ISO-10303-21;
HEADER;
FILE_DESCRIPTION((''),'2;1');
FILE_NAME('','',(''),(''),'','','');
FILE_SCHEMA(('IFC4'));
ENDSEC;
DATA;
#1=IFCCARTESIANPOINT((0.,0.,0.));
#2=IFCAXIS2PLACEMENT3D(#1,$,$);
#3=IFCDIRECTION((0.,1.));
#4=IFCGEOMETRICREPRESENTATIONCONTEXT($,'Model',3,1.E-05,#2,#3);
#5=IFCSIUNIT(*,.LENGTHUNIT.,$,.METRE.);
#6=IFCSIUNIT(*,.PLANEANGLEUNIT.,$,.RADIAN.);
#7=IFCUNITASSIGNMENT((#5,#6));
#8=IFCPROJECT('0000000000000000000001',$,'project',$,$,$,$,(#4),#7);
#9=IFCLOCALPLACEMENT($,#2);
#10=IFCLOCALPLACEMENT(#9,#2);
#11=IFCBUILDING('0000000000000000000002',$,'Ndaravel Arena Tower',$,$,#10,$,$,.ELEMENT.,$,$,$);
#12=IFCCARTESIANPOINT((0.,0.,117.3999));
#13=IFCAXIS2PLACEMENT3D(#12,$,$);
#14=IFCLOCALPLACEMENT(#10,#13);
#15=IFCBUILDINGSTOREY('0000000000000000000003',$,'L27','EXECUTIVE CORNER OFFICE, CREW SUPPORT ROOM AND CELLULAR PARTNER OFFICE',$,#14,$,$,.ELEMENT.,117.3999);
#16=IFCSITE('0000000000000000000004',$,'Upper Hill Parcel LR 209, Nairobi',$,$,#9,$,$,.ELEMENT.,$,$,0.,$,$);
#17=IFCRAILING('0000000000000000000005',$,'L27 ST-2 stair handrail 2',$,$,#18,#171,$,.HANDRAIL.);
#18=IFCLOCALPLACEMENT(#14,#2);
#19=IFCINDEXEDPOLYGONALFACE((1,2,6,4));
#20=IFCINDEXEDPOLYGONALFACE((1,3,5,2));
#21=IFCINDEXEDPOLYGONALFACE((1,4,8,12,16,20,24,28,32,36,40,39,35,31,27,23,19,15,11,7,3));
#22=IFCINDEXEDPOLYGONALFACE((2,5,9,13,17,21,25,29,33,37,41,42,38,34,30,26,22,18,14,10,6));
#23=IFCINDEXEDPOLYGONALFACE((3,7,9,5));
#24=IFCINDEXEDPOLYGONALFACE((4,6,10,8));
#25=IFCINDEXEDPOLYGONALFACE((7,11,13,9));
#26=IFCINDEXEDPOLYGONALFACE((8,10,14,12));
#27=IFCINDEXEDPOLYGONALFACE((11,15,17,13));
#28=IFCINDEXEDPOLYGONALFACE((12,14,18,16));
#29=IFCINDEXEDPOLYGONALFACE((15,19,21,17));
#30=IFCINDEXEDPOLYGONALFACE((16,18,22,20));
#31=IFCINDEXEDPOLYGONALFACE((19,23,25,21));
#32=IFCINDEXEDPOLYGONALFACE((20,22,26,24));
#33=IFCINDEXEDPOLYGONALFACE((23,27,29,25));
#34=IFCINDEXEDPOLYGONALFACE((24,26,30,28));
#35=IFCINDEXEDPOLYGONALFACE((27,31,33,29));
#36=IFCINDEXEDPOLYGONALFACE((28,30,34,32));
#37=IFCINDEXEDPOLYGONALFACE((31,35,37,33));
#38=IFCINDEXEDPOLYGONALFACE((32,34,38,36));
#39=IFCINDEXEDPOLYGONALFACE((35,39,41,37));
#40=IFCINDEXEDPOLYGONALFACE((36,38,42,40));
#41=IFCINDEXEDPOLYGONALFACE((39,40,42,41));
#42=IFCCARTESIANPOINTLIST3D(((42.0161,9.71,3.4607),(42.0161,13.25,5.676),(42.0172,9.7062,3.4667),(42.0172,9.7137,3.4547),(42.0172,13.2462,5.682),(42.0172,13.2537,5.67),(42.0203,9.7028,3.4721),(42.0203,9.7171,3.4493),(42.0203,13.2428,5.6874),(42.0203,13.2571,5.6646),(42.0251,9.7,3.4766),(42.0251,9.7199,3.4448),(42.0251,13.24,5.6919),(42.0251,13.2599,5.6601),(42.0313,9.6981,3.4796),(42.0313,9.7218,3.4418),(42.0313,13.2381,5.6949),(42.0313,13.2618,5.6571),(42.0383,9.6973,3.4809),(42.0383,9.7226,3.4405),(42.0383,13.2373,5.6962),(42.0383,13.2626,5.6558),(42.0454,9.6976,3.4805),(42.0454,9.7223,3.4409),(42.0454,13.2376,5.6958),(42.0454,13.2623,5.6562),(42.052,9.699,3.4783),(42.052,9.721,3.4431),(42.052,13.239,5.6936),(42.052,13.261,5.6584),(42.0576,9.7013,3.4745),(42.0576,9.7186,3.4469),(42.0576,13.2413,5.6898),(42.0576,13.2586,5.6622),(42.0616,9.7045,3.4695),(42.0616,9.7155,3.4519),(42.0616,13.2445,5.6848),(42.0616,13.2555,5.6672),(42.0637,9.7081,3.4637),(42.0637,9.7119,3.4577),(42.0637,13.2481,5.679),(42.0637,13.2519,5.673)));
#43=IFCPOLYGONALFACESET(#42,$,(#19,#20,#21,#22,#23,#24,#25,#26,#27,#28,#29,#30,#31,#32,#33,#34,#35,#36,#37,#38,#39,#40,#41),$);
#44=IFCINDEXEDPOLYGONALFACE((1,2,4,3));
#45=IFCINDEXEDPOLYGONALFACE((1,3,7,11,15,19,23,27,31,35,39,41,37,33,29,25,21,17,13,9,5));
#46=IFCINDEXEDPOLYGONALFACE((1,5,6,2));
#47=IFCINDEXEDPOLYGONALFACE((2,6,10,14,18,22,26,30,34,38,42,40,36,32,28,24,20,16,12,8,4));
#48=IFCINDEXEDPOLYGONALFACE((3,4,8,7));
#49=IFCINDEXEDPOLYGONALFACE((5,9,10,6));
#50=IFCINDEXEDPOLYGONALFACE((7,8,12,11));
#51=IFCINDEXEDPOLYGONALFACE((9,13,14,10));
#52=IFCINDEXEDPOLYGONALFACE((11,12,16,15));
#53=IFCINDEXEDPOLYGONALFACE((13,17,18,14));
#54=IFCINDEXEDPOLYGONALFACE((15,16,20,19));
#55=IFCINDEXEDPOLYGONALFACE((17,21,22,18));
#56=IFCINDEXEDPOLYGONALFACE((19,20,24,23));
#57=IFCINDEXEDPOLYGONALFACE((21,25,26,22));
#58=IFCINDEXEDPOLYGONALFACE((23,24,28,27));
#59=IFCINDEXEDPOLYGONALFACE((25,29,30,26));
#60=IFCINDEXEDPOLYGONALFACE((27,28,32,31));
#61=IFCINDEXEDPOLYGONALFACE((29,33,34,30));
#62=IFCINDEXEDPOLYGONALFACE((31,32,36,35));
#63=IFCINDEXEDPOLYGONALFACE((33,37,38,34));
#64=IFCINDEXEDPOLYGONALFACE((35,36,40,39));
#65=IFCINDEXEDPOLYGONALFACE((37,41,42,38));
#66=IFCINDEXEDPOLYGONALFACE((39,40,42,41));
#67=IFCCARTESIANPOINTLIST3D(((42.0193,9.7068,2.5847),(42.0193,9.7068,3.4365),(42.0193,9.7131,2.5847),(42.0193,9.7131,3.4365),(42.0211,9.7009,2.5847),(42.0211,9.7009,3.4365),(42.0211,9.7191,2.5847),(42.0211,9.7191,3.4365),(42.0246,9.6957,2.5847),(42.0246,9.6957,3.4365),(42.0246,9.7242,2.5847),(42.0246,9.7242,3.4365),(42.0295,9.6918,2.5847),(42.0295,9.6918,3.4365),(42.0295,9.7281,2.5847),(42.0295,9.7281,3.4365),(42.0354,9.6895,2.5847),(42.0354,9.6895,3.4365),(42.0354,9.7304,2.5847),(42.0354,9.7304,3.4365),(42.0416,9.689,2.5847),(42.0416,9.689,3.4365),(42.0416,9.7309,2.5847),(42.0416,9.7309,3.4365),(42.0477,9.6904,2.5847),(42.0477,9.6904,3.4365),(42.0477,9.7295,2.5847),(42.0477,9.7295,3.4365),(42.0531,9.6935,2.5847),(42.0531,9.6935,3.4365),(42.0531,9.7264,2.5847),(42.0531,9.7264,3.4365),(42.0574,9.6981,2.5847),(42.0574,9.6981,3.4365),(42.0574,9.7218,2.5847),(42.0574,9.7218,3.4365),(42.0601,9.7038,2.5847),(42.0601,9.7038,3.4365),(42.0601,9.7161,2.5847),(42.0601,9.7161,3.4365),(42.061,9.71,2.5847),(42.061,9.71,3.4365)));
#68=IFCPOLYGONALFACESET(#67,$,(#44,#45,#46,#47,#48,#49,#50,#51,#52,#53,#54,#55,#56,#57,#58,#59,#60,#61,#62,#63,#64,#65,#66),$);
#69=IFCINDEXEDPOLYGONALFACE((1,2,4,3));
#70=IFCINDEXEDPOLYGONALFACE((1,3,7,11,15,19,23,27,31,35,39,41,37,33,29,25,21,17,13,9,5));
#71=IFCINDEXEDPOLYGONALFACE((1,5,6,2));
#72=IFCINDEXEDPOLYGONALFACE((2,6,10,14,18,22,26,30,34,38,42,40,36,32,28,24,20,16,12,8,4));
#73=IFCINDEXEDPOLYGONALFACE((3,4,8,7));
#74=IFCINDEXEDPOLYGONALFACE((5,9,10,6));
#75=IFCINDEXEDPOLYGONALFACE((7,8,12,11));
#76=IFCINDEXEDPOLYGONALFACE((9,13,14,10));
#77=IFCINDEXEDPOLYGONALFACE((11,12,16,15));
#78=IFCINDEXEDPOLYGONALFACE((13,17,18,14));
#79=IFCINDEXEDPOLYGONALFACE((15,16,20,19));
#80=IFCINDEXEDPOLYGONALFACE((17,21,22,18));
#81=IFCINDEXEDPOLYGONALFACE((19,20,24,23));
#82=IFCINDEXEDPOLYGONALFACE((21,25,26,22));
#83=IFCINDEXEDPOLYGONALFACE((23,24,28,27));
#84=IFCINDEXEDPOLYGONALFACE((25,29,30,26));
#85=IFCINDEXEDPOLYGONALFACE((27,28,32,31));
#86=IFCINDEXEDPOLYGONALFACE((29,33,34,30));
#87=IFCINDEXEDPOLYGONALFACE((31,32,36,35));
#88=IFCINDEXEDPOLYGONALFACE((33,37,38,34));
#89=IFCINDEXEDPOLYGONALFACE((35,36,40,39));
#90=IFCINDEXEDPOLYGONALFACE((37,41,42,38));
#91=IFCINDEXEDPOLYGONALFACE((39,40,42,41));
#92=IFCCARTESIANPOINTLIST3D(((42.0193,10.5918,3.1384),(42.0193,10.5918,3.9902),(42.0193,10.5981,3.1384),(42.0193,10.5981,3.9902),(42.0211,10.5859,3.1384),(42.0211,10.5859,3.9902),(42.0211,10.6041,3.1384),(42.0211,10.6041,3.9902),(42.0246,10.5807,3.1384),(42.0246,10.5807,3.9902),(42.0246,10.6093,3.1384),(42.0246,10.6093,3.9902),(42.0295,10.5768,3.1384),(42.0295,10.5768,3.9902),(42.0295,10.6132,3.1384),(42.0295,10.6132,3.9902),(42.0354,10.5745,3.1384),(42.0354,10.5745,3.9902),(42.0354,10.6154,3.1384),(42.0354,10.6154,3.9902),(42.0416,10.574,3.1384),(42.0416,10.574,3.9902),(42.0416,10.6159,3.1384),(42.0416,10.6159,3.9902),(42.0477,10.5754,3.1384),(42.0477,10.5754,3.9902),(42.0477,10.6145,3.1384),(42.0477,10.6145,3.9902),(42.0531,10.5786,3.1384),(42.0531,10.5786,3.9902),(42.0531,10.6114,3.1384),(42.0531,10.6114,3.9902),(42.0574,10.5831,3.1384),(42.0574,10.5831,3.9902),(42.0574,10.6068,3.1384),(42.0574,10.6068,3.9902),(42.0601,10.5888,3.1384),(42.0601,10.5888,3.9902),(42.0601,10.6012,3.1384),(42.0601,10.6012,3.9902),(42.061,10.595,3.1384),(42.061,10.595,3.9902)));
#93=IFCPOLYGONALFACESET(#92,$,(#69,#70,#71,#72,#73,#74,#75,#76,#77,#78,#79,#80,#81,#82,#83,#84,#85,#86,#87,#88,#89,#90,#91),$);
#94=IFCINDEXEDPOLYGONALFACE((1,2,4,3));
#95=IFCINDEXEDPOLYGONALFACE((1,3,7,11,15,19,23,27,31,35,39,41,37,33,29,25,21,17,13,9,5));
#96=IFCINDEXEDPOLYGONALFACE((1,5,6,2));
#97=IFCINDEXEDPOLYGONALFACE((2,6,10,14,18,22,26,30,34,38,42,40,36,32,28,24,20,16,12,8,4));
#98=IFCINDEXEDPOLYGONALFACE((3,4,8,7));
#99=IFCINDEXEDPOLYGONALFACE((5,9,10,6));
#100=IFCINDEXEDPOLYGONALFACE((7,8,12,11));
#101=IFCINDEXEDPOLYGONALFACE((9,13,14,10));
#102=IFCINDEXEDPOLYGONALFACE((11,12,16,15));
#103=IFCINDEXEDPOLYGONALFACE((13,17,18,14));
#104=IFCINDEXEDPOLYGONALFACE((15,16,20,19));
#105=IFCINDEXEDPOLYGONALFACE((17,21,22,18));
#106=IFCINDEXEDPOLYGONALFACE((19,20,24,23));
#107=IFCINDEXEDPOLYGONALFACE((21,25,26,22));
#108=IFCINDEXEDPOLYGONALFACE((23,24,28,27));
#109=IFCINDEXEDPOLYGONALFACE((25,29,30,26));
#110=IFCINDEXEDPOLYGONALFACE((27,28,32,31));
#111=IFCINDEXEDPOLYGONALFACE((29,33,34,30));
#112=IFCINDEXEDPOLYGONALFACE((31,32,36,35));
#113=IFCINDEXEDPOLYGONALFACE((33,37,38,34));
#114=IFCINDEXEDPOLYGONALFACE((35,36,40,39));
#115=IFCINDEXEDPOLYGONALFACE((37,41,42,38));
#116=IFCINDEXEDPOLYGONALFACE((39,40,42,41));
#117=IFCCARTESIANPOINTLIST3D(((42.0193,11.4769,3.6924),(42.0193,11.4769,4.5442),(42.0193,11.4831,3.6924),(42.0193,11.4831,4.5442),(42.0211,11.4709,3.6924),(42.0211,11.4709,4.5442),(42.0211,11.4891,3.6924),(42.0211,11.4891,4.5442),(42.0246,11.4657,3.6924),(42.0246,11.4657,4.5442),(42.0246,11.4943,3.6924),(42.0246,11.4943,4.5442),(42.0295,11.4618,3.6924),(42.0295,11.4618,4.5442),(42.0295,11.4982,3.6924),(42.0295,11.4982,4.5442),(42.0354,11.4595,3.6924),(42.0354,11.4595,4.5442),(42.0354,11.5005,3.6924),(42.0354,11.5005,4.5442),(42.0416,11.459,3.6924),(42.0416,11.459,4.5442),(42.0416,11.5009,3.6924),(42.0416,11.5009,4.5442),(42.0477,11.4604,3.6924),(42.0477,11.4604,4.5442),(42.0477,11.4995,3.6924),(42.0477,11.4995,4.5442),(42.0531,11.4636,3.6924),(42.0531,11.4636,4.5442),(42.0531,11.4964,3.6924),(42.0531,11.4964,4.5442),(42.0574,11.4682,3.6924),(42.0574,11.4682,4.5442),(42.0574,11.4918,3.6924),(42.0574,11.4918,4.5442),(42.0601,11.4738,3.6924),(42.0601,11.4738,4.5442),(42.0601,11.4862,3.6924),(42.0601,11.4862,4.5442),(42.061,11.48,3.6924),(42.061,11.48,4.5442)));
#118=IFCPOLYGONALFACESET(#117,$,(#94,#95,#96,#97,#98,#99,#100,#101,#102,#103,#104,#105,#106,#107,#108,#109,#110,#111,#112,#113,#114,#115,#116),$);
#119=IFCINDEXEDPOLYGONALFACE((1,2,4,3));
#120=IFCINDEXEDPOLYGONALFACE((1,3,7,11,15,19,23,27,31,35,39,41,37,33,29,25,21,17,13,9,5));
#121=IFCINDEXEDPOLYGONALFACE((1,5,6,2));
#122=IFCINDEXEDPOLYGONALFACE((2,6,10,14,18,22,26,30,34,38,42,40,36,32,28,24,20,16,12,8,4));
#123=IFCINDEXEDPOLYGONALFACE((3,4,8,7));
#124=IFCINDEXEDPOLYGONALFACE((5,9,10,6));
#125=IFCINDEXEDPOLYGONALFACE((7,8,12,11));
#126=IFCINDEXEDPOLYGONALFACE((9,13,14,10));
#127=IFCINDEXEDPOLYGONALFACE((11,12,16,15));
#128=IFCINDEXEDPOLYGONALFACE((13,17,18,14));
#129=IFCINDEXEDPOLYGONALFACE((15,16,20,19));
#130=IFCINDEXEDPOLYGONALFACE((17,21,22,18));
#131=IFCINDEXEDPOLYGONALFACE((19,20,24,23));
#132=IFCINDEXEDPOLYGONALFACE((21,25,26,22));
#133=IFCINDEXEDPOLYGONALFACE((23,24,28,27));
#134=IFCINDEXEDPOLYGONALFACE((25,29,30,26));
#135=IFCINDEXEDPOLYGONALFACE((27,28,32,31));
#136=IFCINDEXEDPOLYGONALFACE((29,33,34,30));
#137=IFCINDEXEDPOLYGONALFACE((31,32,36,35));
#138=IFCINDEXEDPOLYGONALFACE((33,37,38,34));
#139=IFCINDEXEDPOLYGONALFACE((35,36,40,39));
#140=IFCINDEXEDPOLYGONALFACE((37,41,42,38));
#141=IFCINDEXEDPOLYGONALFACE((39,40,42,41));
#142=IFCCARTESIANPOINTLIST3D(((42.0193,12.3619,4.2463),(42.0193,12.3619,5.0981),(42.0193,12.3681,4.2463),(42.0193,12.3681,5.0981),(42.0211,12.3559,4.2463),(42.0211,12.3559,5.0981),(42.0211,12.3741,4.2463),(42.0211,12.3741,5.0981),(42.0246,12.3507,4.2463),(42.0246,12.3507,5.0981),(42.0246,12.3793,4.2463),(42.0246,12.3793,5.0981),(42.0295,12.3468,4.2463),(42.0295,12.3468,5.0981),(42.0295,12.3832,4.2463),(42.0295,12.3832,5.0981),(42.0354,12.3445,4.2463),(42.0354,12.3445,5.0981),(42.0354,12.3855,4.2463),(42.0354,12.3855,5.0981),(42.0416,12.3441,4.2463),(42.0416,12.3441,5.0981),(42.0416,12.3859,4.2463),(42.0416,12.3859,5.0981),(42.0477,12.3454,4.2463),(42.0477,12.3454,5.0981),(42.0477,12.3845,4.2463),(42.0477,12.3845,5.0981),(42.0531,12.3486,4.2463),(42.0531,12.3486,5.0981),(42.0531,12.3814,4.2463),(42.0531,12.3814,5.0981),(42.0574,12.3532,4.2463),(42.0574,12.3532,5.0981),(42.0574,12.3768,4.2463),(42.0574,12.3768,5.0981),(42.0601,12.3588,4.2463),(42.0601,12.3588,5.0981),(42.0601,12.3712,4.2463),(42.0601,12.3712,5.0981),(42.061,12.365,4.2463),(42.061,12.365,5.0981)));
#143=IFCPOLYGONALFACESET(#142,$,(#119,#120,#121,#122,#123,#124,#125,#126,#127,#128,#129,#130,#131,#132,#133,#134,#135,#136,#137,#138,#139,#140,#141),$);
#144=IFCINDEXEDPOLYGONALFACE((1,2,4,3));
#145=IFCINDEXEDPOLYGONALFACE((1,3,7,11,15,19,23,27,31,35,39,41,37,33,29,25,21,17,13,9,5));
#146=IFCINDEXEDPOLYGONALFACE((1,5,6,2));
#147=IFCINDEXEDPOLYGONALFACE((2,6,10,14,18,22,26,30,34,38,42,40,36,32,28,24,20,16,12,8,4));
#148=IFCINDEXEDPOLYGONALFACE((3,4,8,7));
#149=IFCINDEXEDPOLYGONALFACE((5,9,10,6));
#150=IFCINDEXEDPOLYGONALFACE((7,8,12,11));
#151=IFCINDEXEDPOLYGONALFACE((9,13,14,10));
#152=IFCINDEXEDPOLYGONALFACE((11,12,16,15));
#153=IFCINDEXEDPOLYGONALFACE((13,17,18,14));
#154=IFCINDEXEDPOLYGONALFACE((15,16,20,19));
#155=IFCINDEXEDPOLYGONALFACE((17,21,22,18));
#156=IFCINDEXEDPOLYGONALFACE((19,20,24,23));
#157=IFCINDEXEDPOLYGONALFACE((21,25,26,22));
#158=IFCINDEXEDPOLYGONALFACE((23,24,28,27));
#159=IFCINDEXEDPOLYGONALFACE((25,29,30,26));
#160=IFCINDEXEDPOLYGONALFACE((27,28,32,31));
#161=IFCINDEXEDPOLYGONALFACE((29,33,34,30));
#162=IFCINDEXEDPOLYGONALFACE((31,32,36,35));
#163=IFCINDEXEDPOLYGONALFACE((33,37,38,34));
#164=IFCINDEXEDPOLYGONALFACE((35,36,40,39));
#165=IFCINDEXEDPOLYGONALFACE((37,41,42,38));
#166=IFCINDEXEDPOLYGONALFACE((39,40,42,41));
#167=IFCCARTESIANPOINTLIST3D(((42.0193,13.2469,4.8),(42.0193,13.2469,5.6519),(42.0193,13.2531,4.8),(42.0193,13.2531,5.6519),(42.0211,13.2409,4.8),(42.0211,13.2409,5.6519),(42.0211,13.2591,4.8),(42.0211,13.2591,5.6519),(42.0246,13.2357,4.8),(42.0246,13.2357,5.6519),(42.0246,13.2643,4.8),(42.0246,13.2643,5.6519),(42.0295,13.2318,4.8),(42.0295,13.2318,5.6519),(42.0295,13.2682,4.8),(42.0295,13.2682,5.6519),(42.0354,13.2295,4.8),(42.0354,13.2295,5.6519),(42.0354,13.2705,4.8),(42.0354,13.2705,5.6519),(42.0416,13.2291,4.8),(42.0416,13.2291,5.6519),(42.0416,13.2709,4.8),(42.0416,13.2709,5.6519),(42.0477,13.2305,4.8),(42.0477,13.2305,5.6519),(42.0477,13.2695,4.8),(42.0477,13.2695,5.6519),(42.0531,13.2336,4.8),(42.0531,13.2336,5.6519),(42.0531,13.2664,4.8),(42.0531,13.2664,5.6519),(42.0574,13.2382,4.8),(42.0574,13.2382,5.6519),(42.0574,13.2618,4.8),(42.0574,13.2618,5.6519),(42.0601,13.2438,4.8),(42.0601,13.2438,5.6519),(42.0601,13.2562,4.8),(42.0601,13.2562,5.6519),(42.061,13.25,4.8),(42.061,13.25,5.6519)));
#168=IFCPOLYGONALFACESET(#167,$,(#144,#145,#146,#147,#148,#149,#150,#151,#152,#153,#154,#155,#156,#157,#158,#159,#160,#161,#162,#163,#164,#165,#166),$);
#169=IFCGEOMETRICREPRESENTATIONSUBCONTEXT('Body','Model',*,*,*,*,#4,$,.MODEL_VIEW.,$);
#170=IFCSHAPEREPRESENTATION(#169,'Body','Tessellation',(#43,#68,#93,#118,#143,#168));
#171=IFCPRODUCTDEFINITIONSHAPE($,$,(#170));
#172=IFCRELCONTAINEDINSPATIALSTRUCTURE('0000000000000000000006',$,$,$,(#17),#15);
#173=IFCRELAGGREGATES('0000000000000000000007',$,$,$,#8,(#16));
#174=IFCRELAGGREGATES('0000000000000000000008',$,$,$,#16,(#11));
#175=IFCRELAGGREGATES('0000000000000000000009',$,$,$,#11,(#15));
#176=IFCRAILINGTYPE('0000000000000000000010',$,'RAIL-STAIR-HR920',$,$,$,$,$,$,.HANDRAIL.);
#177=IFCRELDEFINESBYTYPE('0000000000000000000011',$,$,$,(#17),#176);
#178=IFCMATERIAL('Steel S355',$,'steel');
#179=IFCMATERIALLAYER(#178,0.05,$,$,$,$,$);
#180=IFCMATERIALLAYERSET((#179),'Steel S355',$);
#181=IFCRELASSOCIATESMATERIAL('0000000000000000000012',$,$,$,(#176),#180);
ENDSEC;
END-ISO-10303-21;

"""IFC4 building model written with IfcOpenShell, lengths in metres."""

from ifc_helpers import new_model, si_unit, direction, frame, origin, origin_2d, place, context, subcontext, project, spatial, circle, extrude, material, layer, layer_set, type_object, element, save


model = new_model("IFC4")

# Units and contexts
model_context = context("Model", 3, precision=1e-05, world=origin(), true_north=direction((0.0, 1.0)))
body_context = subcontext(model_context, "Body", "Model", "MODEL_VIEW")
ifc_project = project(units=[si_unit("LENGTHUNIT", "METRE"), si_unit("PLANEANGLEUNIT", "RADIAN")], contexts=[model_context])

# Site, building, storey
site_placement = place(None, origin())
site = spatial("IfcSite", under=ifc_project, at=site_placement, Name="Upper Hill Parcel LR 209, Nairobi", CompositionType="ELEMENT", RefElevation=0.0)
building_placement = place(site_placement, origin())
building = spatial("IfcBuilding", under=site, at=building_placement, Name="Ndaravel Arena Tower", CompositionType="ELEMENT")
storey_placement = place(building_placement, frame((0.0, 0.0, 117.3999)))
storey = spatial("IfcBuildingStorey", under=building, at=storey_placement, Name="L27", Description="EXECUTIVE CORNER OFFICE, CREW SUPPORT ROOM AND CELLULAR PARTNER OFFICE", CompositionType="ELEMENT", Elevation=117.3999)

# Railing
ifc_material_1 = material(Name="Steel S355", Category="steel")
ifc_layer_1 = layer(ifc_material_1, 0.05)
ifc_layer_set_1 = layer_set([ifc_layer_1], Name="Steel S355")
railing_type_1 = type_object("IfcRailingType", Name="RAIL-STAIR-HR920", PredefinedType="HANDRAIL", material=ifc_layer_set_1)
railing_1_placement = place(storey_placement, frame((42.04, 9.71, 2.5847)))
element("IfcRailing", 1, at=railing_1_placement, inside=storey, type_object=railing_type_1, Name="L27 ST-2 stair handrail 2", PredefinedType="HANDRAIL", context=body_context, shape_type="SweptSolid", body=[
    extrude(circle(Radius=0.0239, at=origin_2d()), frame((0.0, 0.0, 0.876), z_axis=(0.0, 0.847696, 0.530482), x_axis=(-1.0, 0.0, 0.0)), (0.0, 0.0, 1.0), 4.176),
    extrude(circle(Radius=0.021, at=origin_2d()), origin(), (0.0, 0.0, 1.0), 0.8518),
    extrude(circle(Radius=0.021, at=origin_2d()), frame((0.0, 0.885, 0.5537)), (0.0, 0.0, 1.0), 0.8518),
    extrude(circle(Radius=0.021, at=origin_2d()), frame((0.0, 1.77, 1.1077)), (0.0, 0.0, 1.0), 0.8518),
    extrude(circle(Radius=0.021, at=origin_2d()), frame((0.0, 2.655, 1.6616)), (0.0, 0.0, 1.0), 0.8518),
    extrude(circle(Radius=0.021, at=origin_2d()), frame((0.0, 3.54, 2.2153)), (0.0, 0.0, 1.0), 0.8518),
])

save(model, "model.ifc")
